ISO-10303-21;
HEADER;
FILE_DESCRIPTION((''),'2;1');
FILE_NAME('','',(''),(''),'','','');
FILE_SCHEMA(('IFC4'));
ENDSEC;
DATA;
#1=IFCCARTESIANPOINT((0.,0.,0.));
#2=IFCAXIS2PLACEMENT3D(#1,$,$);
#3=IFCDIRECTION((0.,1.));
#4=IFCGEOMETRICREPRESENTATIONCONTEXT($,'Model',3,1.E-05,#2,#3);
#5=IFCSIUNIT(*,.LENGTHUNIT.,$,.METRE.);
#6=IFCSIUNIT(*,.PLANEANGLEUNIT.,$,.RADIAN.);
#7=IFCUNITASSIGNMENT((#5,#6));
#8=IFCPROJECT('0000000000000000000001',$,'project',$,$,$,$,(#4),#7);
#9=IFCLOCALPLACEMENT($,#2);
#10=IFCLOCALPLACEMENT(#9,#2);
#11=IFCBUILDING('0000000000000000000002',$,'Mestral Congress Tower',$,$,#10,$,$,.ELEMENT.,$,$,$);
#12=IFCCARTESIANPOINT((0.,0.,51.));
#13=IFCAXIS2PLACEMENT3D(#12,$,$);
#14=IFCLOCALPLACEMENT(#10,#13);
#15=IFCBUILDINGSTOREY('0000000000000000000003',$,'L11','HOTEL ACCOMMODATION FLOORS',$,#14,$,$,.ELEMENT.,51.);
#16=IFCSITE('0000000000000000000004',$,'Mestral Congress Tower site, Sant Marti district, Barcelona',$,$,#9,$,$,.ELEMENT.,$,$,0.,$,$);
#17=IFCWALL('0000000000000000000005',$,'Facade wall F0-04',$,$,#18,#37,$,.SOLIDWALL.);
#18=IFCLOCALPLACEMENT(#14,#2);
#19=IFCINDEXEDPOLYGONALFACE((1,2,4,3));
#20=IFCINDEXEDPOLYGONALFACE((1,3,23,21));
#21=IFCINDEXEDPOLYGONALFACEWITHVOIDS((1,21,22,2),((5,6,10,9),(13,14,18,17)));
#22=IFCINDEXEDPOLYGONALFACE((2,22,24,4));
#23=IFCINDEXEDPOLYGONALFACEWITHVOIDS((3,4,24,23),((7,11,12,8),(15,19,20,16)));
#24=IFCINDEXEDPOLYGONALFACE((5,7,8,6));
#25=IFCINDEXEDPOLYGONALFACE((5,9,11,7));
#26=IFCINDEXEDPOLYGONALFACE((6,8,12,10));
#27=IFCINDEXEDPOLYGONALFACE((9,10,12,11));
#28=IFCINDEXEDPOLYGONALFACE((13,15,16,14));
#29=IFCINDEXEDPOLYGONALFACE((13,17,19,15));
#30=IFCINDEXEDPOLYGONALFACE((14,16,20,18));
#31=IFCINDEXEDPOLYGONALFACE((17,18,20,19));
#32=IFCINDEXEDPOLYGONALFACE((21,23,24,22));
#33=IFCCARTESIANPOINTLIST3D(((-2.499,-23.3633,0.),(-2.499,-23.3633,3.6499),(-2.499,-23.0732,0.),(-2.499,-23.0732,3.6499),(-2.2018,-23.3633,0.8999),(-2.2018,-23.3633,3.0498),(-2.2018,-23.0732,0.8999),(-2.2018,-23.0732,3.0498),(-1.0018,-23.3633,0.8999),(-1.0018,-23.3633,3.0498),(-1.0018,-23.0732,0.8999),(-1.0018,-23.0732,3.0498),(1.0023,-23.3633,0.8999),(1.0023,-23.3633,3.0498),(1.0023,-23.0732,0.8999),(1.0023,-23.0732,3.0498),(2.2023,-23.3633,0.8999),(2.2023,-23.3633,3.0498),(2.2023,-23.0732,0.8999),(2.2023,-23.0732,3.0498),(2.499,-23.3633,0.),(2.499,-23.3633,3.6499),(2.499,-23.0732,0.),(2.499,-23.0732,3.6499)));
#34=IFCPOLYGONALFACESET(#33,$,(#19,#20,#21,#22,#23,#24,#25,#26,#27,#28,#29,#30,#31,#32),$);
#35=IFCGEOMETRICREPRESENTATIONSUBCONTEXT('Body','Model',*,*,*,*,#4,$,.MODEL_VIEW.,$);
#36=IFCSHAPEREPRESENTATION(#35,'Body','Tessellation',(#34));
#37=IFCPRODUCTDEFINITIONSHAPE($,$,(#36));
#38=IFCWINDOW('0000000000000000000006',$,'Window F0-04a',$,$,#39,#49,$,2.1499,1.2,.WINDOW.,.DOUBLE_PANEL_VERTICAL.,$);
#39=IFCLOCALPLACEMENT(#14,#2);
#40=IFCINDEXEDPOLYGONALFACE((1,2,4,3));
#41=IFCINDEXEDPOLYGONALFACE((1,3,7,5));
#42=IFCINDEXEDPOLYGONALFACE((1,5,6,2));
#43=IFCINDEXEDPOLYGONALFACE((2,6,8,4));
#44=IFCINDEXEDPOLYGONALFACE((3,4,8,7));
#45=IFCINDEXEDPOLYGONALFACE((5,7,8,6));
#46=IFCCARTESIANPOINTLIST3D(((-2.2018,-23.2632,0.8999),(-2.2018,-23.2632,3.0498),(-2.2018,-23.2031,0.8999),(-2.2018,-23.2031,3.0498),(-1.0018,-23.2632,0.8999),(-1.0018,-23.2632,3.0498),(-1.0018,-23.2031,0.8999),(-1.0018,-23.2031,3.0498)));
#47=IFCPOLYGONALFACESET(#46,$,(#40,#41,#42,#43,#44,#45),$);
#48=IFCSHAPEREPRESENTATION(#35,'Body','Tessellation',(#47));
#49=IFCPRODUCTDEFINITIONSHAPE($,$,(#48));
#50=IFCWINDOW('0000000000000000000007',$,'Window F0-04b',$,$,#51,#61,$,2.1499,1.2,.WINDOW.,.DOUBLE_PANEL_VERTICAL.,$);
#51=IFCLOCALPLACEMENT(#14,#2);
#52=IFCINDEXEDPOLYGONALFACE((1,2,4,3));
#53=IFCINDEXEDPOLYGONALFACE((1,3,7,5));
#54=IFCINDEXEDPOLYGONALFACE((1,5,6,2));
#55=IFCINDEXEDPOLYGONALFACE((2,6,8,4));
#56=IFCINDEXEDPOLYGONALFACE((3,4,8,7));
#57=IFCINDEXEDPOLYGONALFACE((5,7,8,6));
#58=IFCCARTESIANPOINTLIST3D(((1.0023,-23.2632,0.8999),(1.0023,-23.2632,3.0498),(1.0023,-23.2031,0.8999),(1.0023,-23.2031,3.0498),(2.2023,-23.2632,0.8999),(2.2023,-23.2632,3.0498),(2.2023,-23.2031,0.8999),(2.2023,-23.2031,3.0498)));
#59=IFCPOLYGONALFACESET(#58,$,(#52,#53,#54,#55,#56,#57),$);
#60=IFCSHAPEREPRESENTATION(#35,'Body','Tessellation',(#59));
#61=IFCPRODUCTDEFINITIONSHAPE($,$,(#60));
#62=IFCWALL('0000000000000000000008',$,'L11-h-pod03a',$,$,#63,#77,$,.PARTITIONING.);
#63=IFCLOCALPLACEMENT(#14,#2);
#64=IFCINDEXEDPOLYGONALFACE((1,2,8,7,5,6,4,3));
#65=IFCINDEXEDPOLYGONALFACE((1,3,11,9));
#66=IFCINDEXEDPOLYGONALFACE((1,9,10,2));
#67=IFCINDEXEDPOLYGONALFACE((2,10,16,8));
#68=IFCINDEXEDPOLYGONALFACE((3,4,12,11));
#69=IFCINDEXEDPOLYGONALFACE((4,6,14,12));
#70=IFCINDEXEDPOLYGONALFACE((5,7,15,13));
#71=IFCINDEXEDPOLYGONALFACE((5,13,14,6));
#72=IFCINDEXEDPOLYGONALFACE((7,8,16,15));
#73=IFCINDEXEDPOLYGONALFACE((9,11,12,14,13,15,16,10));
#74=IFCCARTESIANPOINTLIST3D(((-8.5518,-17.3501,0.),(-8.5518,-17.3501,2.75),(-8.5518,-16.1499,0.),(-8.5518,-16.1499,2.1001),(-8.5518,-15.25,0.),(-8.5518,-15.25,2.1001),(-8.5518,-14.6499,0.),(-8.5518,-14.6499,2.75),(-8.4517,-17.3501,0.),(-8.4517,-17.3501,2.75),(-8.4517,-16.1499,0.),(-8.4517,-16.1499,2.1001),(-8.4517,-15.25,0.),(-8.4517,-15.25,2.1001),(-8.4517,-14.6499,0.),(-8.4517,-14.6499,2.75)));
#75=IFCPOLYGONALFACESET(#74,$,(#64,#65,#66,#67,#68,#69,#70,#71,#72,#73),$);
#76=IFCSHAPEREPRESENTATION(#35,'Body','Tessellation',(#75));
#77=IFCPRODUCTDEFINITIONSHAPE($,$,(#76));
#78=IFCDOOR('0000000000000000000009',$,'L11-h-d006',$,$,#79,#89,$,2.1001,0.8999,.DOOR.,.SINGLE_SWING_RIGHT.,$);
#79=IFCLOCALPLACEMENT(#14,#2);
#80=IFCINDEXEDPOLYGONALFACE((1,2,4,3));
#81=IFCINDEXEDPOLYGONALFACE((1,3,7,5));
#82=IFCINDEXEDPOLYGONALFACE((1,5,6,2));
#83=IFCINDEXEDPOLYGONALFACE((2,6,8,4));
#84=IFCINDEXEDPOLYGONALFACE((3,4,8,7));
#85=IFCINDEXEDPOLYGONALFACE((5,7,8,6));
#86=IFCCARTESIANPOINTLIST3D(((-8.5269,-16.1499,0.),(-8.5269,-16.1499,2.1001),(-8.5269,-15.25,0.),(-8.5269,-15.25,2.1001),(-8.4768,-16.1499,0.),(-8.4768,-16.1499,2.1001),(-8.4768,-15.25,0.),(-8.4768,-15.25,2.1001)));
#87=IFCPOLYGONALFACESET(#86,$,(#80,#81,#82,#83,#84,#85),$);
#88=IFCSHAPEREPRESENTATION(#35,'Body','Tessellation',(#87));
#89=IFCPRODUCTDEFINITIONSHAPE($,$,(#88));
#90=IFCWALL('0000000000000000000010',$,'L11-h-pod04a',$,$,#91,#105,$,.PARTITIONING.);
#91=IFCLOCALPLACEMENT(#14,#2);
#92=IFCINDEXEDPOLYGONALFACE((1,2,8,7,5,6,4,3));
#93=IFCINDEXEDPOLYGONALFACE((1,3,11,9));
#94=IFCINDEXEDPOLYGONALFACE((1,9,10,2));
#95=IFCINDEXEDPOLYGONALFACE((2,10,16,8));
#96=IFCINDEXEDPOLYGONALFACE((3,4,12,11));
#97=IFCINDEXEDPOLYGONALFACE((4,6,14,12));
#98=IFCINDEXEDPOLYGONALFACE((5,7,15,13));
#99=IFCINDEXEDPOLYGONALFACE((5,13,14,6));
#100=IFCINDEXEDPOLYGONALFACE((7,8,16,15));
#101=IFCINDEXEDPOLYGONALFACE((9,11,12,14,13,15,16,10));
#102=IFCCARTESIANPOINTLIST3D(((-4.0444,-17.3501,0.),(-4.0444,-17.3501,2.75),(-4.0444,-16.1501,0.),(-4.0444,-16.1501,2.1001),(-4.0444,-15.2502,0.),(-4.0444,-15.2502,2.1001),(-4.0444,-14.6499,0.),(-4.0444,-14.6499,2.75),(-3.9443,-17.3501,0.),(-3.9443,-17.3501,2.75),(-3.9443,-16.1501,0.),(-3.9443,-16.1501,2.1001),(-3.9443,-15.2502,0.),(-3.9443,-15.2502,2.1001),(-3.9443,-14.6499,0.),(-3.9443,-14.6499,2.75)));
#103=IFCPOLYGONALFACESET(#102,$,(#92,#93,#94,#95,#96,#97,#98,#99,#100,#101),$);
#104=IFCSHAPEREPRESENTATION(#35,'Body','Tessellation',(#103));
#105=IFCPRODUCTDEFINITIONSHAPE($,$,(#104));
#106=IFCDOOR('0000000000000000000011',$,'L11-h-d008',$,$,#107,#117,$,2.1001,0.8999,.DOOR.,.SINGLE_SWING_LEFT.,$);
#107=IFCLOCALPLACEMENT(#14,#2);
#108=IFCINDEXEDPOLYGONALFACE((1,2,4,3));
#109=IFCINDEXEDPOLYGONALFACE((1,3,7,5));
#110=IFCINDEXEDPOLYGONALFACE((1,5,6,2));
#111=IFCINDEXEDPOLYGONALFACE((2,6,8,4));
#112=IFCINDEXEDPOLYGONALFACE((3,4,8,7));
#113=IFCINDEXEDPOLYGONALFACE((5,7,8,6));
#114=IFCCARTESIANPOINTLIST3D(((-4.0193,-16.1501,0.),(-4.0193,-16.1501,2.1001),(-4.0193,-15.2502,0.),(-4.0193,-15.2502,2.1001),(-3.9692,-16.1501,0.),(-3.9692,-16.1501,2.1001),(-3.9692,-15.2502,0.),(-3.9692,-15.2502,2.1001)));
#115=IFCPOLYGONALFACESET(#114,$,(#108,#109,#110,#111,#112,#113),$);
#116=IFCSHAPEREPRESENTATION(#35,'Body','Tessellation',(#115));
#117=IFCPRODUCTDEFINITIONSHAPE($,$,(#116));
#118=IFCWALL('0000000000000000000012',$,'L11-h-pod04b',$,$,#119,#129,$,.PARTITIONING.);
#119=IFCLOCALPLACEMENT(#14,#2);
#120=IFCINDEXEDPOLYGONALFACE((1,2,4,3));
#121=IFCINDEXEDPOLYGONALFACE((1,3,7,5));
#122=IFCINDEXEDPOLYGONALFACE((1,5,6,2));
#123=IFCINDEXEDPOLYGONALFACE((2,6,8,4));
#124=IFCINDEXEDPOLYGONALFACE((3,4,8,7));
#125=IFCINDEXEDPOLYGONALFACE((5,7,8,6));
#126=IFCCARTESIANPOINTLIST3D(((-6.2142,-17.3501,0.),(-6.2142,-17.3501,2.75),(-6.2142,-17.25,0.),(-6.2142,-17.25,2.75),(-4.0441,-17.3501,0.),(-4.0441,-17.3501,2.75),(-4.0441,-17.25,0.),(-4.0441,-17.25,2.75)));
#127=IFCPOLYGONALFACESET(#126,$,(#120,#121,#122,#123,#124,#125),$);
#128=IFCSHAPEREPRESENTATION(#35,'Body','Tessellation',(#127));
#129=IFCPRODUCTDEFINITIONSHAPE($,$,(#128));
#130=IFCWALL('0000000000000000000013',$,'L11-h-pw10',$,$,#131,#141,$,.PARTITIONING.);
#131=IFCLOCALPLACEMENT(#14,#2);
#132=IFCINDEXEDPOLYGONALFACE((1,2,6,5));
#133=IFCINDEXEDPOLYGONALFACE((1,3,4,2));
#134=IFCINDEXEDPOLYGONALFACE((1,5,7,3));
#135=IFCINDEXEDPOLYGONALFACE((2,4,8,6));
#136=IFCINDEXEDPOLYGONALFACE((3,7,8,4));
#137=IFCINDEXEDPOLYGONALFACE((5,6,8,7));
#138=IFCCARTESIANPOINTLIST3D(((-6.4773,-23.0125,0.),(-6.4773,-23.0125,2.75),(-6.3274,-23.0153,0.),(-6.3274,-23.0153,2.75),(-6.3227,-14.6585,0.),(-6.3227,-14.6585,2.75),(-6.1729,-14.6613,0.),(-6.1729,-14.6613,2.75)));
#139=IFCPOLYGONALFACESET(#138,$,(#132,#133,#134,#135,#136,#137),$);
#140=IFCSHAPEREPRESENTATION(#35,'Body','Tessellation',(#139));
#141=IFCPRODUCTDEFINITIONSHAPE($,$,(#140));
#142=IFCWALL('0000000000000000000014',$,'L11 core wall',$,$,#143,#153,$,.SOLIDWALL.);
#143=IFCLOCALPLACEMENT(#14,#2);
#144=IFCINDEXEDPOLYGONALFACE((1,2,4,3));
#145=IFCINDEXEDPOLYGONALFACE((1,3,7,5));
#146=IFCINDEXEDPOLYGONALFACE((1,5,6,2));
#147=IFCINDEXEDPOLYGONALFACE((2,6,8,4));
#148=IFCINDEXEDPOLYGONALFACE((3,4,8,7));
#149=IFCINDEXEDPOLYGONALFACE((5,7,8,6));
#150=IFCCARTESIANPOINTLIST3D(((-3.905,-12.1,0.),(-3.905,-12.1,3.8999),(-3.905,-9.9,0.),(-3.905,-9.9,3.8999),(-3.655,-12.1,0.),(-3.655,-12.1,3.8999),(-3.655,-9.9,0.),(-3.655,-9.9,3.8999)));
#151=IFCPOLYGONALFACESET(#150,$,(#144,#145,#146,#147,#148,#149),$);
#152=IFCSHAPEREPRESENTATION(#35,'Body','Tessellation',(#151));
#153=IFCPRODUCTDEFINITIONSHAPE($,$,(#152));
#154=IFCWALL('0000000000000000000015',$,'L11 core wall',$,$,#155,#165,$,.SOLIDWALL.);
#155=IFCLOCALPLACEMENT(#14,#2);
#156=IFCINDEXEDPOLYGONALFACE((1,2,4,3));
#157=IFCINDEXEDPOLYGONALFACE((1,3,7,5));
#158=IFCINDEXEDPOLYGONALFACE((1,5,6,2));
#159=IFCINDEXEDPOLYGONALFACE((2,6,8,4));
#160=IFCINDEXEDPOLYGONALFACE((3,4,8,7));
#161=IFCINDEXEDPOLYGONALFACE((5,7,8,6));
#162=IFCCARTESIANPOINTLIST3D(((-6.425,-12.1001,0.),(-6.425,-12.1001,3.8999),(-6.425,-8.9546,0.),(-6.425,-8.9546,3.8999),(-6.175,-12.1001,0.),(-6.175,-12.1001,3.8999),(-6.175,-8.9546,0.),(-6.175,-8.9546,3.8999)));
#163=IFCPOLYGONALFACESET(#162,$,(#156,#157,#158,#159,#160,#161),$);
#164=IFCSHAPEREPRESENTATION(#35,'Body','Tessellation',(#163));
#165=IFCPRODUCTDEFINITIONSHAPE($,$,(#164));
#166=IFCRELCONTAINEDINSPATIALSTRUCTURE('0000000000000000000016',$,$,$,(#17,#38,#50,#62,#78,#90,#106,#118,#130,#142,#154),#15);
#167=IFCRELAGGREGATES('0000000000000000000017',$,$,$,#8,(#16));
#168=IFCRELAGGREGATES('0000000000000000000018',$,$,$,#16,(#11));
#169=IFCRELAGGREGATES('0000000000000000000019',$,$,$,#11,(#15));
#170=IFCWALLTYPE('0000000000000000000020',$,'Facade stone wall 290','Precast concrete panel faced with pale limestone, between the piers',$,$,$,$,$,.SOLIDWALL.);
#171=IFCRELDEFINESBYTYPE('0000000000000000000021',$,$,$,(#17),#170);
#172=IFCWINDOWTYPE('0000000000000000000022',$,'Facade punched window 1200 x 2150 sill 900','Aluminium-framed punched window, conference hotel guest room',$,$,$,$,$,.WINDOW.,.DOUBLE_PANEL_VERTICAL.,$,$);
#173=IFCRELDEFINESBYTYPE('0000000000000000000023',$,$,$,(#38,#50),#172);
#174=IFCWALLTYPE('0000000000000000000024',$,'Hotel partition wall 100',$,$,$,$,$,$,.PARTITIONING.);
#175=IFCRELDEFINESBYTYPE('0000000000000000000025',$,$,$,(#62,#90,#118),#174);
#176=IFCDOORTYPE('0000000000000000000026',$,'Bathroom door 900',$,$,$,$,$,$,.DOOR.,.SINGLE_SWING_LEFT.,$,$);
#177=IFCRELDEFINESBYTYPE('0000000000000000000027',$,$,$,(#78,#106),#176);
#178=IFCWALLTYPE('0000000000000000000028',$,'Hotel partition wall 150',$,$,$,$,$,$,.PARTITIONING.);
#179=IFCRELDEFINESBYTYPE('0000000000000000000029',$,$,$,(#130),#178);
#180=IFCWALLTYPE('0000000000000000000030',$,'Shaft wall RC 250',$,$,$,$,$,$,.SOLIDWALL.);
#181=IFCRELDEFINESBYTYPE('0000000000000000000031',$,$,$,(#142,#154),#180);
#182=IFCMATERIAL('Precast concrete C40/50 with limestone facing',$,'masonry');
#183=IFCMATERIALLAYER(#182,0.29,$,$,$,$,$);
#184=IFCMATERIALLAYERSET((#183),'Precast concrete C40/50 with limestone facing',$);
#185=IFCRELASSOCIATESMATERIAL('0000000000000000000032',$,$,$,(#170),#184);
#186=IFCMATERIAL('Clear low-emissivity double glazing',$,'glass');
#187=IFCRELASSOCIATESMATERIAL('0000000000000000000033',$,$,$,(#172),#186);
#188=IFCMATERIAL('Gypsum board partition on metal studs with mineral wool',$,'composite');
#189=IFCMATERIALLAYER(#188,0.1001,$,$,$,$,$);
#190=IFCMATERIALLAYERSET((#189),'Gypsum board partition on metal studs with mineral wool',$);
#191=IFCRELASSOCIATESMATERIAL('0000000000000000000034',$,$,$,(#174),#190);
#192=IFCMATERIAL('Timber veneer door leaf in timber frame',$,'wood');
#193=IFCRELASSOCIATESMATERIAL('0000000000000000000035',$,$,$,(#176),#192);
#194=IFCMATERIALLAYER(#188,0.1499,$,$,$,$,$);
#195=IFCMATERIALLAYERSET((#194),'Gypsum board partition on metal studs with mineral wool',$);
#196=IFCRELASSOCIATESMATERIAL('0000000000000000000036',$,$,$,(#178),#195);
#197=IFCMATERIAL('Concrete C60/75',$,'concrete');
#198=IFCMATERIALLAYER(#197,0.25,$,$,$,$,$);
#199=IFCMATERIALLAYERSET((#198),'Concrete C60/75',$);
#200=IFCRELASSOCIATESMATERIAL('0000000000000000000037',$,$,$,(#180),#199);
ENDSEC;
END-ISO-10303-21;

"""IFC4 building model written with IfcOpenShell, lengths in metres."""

from ifc_helpers import new_model, si_unit, direction, frame, frame_2d, origin, place, context, subcontext, project, spatial, rectangle, extrude, material, layer, layer_set, type_object, element, fill, save


model = new_model("IFC4")

# Units and contexts
model_context = context("Model", 3, precision=1e-05, world=origin(), true_north=direction((0.0, 1.0)))
body_context = subcontext(model_context, "Body", "Model", "MODEL_VIEW")
ifc_project = project(units=[si_unit("LENGTHUNIT", "METRE"), si_unit("PLANEANGLEUNIT", "RADIAN")], contexts=[model_context])

# Site, building, storey
site_placement = place(None, origin())
site = spatial("IfcSite", under=ifc_project, at=site_placement, Name="Mestral Congress Tower site, Sant Marti district, Barcelona", CompositionType="ELEMENT", RefElevation=0.0)
building_placement = place(site_placement, origin())
building = spatial("IfcBuilding", under=site, at=building_placement, Name="Mestral Congress Tower", CompositionType="ELEMENT")
storey_placement = place(building_placement, frame((0.0, 0.0, 51.0)))
storey = spatial("IfcBuildingStorey", under=building, at=storey_placement, Name="L11", Description="HOTEL ACCOMMODATION FLOORS", CompositionType="ELEMENT", Elevation=51.0)

# Wall, openings, windows
ifc_material_1 = material(Name="Precast concrete C40/50 with limestone facing", Category="masonry")
ifc_layer_1 = layer(ifc_material_1, 0.29)
ifc_layer_set_1 = layer_set([ifc_layer_1], Name="Precast concrete C40/50 with limestone facing")
wall_type_1 = type_object("IfcWallType", Name="Facade stone wall 290", Description="Precast concrete panel faced with pale limestone, between the piers", PredefinedType="SOLIDWALL", material=ifc_layer_set_1)
wall_1_placement = place(storey_placement, frame((-2.499, -23.2183, 0.0), z_axis=(0.0, 0.0, 1.0), x_axis=(1.0, 0.0, 0.0)))
wall_1 = element("IfcWall", 1, at=wall_1_placement, inside=storey, type_object=wall_type_1, Name="Facade wall F0-04", PredefinedType="SOLIDWALL", context=body_context, shape_type="SweptSolid", body=[
    extrude(rectangle(XDim=4.998, YDim=0.29, at=frame_2d((2.499, 0.0))), origin(), (0.0, 0.0, 1.0), 3.6499),
])
opening_1_placement = place(wall_1_placement, frame((0.2971, 0.0, 0.8999)))
opening_1 = element("IfcOpeningElement", 2, at=opening_1_placement, cuts=wall_1, PredefinedType="OPENING", context=body_context, shape_type="SweptSolid", body=[
    extrude(rectangle(XDim=1.2, YDim=2.1499, at=frame_2d((0.6001, 1.075))), frame((0.0, 0.155, 0.0), z_axis=(0.0, -1.0, 0.0), x_axis=(1.0, 0.0, 0.0)), (0.0, 0.0, 1.0), 0.3101),
])
opening_2_placement = place(wall_1_placement, frame((3.5012, 0.0, 0.8999)))
opening_2 = element("IfcOpeningElement", 3, at=opening_2_placement, cuts=wall_1, PredefinedType="OPENING", context=body_context, shape_type="SweptSolid", body=[
    extrude(rectangle(XDim=1.2, YDim=2.1499, at=frame_2d((0.6001, 1.075))), frame((0.0, 0.155, 0.0), z_axis=(0.0, -1.0, 0.0), x_axis=(1.0, 0.0, 0.0)), (0.0, 0.0, 1.0), 0.3101),
])
ifc_material_2 = material(Name="Clear low-emissivity double glazing", Category="glass")
window_type = type_object("IfcWindowType", Name="Facade punched window 1200 x 2150 sill 900", Description="Aluminium-framed punched window, conference hotel guest room", PartitioningType="DOUBLE_PANEL_VERTICAL", PredefinedType="WINDOW", material=ifc_material_2)
window_1_placement = place(opening_1_placement, origin())
window_1 = element("IfcWindow", 4, at=window_1_placement, inside=storey, type_object=window_type, Name="Window F0-04a", OverallHeight=2.1499, OverallWidth=1.2, PartitioningType="DOUBLE_PANEL_VERTICAL", PredefinedType="WINDOW", context=body_context, shape_type="SweptSolid", body=[
    extrude(rectangle(XDim=1.2, YDim=2.1499, at=frame_2d((0.6001, 1.075))), frame((0.0, 0.0151, 0.0), z_axis=(0.0, -1.0, 0.0), x_axis=(1.0, 0.0, 0.0)), (0.0, 0.0, 1.0), 0.0601),
])
fill(opening_1, window_1)
window_2_placement = place(opening_2_placement, origin())
window_2 = element("IfcWindow", 5, at=window_2_placement, inside=storey, type_object=window_type, Name="Window F0-04b", OverallHeight=2.1499, OverallWidth=1.2, PartitioningType="DOUBLE_PANEL_VERTICAL", PredefinedType="WINDOW", context=body_context, shape_type="SweptSolid", body=[
    extrude(rectangle(XDim=1.2, YDim=2.1499, at=frame_2d((0.6001, 1.075))), frame((0.0, 0.0151, 0.0), z_axis=(0.0, -1.0, 0.0), x_axis=(1.0, 0.0, 0.0)), (0.0, 0.0, 1.0), 0.0601),
])
fill(opening_2, window_2)

# Wall, opening, door
ifc_material_3 = material(Name="Gypsum board partition on metal studs with mineral wool", Category="composite")
ifc_layer_2 = layer(ifc_material_3, 0.1001)
ifc_layer_set_2 = layer_set([ifc_layer_2], Name="Gypsum board partition on metal studs with mineral wool")
wall_type_2 = type_object("IfcWallType", Name="Hotel partition wall 100", PredefinedType="PARTITIONING", material=ifc_layer_set_2)
wall_2_placement = place(storey_placement, frame((-8.5017, -14.6499, 0.0), z_axis=(0.0, 0.0, 1.0), x_axis=(0.0, -1.0, 0.0)))
wall_2 = element("IfcWall", 6, at=wall_2_placement, inside=storey, type_object=wall_type_2, Name="L11-h-pod03a", PredefinedType="PARTITIONING", context=body_context, shape_type="SweptSolid", body=[
    extrude(rectangle(XDim=2.7002, YDim=0.1001, at=frame_2d((1.3501, 0.0))), origin(), (0.0, 0.0, 1.0), 2.75),
])
opening_3_placement = place(wall_2_placement, frame((0.6001, 0.0, 0.0)))
opening_3 = element("IfcOpeningElement", 7, at=opening_3_placement, cuts=wall_2, PredefinedType="OPENING", context=body_context, shape_type="SweptSolid", body=[
    extrude(rectangle(XDim=0.8999, YDim=2.1001, at=frame_2d((0.45, 1.05))), frame((0.0, 0.0601, 0.0), z_axis=(0.0, -1.0, 0.0), x_axis=(1.0, 0.0, 0.0)), (0.0, 0.0, 1.0), 0.1201),
])
ifc_material_4 = material(Name="Timber veneer door leaf in timber frame", Category="wood")
door_type = type_object("IfcDoorType", Name="Bathroom door 900", OperationType="SINGLE_SWING_LEFT", PredefinedType="DOOR", material=ifc_material_4)
door_1_placement = place(opening_3_placement, origin())
door_1 = element("IfcDoor", 8, at=door_1_placement, inside=storey, type_object=door_type, Name="L11-h-d006", OperationType="SINGLE_SWING_RIGHT", OverallHeight=2.1001, OverallWidth=0.8999, PredefinedType="DOOR", context=body_context, shape_type="SweptSolid", body=[
    extrude(rectangle(XDim=0.8999, YDim=2.1001, at=frame_2d((0.45, 1.05))), frame((0.0, 0.0249, 0.0), z_axis=(0.0, -1.0, 0.0), x_axis=(1.0, 0.0, 0.0)), (0.0, 0.0, 1.0), 0.05),
])
fill(opening_3, door_1)

# Wall, opening, door
wall_3_placement = place(storey_placement, frame((-3.9944, -17.3501, 0.0), z_axis=(0.0, 0.0, 1.0), x_axis=(0.0, 1.0, 0.0)))
wall_3 = element("IfcWall", 9, at=wall_3_placement, inside=storey, type_object=wall_type_2, Name="L11-h-pod04a", PredefinedType="PARTITIONING", context=body_context, shape_type="SweptSolid", body=[
    extrude(rectangle(XDim=2.7002, YDim=0.1001, at=frame_2d((1.3501, 0.0))), origin(), (0.0, 0.0, 1.0), 2.75),
])
opening_4_placement = place(wall_3_placement, frame((1.2, 0.0, 0.0)))
opening_4 = element("IfcOpeningElement", 10, at=opening_4_placement, cuts=wall_3, PredefinedType="OPENING", context=body_context, shape_type="SweptSolid", body=[
    extrude(rectangle(XDim=0.8999, YDim=2.1001, at=frame_2d((0.45, 1.05))), frame((0.0, 0.0601, 0.0), z_axis=(0.0, -1.0, 0.0), x_axis=(1.0, 0.0, 0.0)), (0.0, 0.0, 1.0), 0.1201),
])
door_2_placement = place(opening_4_placement, origin())
door_2 = element("IfcDoor", 11, at=door_2_placement, inside=storey, type_object=door_type, Name="L11-h-d008", OperationType="SINGLE_SWING_LEFT", OverallHeight=2.1001, OverallWidth=0.8999, PredefinedType="DOOR", context=body_context, shape_type="SweptSolid", body=[
    extrude(rectangle(XDim=0.8999, YDim=2.1001, at=frame_2d((0.45, 1.05))), frame((0.0, 0.0249, 0.0), z_axis=(0.0, -1.0, 0.0), x_axis=(1.0, 0.0, 0.0)), (0.0, 0.0, 1.0), 0.05),
])
fill(opening_4, door_2)

# Walls
wall_4_placement = place(storey_placement, frame((-4.0442, -17.3, 0.0), z_axis=(0.0, 0.0, 1.0), x_axis=(-1.0, 0.0, 0.0)))
element("IfcWall", 12, at=wall_4_placement, inside=storey, type_object=wall_type_2, Name="L11-h-pod04b", PredefinedType="PARTITIONING", context=body_context, shape_type="SweptSolid", body=[
    extrude(rectangle(XDim=2.1702, YDim=0.1001, at=frame_2d((1.085, 0.0))), origin(), (0.0, 0.0, 1.0), 2.75),
])
ifc_layer_3 = layer(ifc_material_3, 0.1499)
ifc_layer_set_3 = layer_set([ifc_layer_3], Name="Gypsum board partition on metal studs with mineral wool")
wall_type_3 = type_object("IfcWallType", Name="Hotel partition wall 150", PredefinedType="PARTITIONING", material=ifc_layer_set_3)
wall_5_placement = place(storey_placement, frame((-6.4023, -23.0139, 0.0), z_axis=(0.0, 0.0, 1.0), x_axis=(0.018496, 0.999829, 0.0)))
element("IfcWall", 13, at=wall_5_placement, inside=storey, type_object=wall_type_3, Name="L11-h-pw10", PredefinedType="PARTITIONING", context=body_context, shape_type="SweptSolid", body=[
    extrude(rectangle(XDim=8.3555, YDim=0.1499, at=frame_2d((4.1777, 0.0))), origin(), (0.0, 0.0, 1.0), 2.75),
])
ifc_material_5 = material(Name="Concrete C60/75", Category="concrete")
ifc_layer_4 = layer(ifc_material_5, 0.25)
ifc_layer_set_4 = layer_set([ifc_layer_4], Name="Concrete C60/75")
wall_type_4 = type_object("IfcWallType", Name="Shaft wall RC 250", PredefinedType="SOLIDWALL", material=ifc_layer_set_4)
wall_6_placement = place(storey_placement, frame((-3.78, -12.1001, 0.0), z_axis=(0.0, 0.0, 1.0), x_axis=(0.0, 1.0, 0.0)))
element("IfcWall", 14, at=wall_6_placement, inside=storey, type_object=wall_type_4, Name="L11 core wall", PredefinedType="SOLIDWALL", context=body_context, shape_type="SweptSolid", body=[
    extrude(rectangle(XDim=2.2, YDim=0.25, at=frame_2d((1.1001, 0.0))), origin(), (0.0, 0.0, 1.0), 3.8999),
])
wall_7_placement = place(storey_placement, frame((-6.3, -12.1001, 0.0), z_axis=(0.0, 0.0, 1.0), x_axis=(0.0, 1.0, 0.0)))
element("IfcWall", 15, at=wall_7_placement, inside=storey, type_object=wall_type_4, Name="L11 core wall", PredefinedType="SOLIDWALL", context=body_context, shape_type="SweptSolid", body=[
    extrude(rectangle(XDim=3.1455, YDim=0.25, at=frame_2d((1.5728, 0.0))), origin(), (0.0, 0.0, 1.0), 3.8999),
])

save(model, "model.ifc")
